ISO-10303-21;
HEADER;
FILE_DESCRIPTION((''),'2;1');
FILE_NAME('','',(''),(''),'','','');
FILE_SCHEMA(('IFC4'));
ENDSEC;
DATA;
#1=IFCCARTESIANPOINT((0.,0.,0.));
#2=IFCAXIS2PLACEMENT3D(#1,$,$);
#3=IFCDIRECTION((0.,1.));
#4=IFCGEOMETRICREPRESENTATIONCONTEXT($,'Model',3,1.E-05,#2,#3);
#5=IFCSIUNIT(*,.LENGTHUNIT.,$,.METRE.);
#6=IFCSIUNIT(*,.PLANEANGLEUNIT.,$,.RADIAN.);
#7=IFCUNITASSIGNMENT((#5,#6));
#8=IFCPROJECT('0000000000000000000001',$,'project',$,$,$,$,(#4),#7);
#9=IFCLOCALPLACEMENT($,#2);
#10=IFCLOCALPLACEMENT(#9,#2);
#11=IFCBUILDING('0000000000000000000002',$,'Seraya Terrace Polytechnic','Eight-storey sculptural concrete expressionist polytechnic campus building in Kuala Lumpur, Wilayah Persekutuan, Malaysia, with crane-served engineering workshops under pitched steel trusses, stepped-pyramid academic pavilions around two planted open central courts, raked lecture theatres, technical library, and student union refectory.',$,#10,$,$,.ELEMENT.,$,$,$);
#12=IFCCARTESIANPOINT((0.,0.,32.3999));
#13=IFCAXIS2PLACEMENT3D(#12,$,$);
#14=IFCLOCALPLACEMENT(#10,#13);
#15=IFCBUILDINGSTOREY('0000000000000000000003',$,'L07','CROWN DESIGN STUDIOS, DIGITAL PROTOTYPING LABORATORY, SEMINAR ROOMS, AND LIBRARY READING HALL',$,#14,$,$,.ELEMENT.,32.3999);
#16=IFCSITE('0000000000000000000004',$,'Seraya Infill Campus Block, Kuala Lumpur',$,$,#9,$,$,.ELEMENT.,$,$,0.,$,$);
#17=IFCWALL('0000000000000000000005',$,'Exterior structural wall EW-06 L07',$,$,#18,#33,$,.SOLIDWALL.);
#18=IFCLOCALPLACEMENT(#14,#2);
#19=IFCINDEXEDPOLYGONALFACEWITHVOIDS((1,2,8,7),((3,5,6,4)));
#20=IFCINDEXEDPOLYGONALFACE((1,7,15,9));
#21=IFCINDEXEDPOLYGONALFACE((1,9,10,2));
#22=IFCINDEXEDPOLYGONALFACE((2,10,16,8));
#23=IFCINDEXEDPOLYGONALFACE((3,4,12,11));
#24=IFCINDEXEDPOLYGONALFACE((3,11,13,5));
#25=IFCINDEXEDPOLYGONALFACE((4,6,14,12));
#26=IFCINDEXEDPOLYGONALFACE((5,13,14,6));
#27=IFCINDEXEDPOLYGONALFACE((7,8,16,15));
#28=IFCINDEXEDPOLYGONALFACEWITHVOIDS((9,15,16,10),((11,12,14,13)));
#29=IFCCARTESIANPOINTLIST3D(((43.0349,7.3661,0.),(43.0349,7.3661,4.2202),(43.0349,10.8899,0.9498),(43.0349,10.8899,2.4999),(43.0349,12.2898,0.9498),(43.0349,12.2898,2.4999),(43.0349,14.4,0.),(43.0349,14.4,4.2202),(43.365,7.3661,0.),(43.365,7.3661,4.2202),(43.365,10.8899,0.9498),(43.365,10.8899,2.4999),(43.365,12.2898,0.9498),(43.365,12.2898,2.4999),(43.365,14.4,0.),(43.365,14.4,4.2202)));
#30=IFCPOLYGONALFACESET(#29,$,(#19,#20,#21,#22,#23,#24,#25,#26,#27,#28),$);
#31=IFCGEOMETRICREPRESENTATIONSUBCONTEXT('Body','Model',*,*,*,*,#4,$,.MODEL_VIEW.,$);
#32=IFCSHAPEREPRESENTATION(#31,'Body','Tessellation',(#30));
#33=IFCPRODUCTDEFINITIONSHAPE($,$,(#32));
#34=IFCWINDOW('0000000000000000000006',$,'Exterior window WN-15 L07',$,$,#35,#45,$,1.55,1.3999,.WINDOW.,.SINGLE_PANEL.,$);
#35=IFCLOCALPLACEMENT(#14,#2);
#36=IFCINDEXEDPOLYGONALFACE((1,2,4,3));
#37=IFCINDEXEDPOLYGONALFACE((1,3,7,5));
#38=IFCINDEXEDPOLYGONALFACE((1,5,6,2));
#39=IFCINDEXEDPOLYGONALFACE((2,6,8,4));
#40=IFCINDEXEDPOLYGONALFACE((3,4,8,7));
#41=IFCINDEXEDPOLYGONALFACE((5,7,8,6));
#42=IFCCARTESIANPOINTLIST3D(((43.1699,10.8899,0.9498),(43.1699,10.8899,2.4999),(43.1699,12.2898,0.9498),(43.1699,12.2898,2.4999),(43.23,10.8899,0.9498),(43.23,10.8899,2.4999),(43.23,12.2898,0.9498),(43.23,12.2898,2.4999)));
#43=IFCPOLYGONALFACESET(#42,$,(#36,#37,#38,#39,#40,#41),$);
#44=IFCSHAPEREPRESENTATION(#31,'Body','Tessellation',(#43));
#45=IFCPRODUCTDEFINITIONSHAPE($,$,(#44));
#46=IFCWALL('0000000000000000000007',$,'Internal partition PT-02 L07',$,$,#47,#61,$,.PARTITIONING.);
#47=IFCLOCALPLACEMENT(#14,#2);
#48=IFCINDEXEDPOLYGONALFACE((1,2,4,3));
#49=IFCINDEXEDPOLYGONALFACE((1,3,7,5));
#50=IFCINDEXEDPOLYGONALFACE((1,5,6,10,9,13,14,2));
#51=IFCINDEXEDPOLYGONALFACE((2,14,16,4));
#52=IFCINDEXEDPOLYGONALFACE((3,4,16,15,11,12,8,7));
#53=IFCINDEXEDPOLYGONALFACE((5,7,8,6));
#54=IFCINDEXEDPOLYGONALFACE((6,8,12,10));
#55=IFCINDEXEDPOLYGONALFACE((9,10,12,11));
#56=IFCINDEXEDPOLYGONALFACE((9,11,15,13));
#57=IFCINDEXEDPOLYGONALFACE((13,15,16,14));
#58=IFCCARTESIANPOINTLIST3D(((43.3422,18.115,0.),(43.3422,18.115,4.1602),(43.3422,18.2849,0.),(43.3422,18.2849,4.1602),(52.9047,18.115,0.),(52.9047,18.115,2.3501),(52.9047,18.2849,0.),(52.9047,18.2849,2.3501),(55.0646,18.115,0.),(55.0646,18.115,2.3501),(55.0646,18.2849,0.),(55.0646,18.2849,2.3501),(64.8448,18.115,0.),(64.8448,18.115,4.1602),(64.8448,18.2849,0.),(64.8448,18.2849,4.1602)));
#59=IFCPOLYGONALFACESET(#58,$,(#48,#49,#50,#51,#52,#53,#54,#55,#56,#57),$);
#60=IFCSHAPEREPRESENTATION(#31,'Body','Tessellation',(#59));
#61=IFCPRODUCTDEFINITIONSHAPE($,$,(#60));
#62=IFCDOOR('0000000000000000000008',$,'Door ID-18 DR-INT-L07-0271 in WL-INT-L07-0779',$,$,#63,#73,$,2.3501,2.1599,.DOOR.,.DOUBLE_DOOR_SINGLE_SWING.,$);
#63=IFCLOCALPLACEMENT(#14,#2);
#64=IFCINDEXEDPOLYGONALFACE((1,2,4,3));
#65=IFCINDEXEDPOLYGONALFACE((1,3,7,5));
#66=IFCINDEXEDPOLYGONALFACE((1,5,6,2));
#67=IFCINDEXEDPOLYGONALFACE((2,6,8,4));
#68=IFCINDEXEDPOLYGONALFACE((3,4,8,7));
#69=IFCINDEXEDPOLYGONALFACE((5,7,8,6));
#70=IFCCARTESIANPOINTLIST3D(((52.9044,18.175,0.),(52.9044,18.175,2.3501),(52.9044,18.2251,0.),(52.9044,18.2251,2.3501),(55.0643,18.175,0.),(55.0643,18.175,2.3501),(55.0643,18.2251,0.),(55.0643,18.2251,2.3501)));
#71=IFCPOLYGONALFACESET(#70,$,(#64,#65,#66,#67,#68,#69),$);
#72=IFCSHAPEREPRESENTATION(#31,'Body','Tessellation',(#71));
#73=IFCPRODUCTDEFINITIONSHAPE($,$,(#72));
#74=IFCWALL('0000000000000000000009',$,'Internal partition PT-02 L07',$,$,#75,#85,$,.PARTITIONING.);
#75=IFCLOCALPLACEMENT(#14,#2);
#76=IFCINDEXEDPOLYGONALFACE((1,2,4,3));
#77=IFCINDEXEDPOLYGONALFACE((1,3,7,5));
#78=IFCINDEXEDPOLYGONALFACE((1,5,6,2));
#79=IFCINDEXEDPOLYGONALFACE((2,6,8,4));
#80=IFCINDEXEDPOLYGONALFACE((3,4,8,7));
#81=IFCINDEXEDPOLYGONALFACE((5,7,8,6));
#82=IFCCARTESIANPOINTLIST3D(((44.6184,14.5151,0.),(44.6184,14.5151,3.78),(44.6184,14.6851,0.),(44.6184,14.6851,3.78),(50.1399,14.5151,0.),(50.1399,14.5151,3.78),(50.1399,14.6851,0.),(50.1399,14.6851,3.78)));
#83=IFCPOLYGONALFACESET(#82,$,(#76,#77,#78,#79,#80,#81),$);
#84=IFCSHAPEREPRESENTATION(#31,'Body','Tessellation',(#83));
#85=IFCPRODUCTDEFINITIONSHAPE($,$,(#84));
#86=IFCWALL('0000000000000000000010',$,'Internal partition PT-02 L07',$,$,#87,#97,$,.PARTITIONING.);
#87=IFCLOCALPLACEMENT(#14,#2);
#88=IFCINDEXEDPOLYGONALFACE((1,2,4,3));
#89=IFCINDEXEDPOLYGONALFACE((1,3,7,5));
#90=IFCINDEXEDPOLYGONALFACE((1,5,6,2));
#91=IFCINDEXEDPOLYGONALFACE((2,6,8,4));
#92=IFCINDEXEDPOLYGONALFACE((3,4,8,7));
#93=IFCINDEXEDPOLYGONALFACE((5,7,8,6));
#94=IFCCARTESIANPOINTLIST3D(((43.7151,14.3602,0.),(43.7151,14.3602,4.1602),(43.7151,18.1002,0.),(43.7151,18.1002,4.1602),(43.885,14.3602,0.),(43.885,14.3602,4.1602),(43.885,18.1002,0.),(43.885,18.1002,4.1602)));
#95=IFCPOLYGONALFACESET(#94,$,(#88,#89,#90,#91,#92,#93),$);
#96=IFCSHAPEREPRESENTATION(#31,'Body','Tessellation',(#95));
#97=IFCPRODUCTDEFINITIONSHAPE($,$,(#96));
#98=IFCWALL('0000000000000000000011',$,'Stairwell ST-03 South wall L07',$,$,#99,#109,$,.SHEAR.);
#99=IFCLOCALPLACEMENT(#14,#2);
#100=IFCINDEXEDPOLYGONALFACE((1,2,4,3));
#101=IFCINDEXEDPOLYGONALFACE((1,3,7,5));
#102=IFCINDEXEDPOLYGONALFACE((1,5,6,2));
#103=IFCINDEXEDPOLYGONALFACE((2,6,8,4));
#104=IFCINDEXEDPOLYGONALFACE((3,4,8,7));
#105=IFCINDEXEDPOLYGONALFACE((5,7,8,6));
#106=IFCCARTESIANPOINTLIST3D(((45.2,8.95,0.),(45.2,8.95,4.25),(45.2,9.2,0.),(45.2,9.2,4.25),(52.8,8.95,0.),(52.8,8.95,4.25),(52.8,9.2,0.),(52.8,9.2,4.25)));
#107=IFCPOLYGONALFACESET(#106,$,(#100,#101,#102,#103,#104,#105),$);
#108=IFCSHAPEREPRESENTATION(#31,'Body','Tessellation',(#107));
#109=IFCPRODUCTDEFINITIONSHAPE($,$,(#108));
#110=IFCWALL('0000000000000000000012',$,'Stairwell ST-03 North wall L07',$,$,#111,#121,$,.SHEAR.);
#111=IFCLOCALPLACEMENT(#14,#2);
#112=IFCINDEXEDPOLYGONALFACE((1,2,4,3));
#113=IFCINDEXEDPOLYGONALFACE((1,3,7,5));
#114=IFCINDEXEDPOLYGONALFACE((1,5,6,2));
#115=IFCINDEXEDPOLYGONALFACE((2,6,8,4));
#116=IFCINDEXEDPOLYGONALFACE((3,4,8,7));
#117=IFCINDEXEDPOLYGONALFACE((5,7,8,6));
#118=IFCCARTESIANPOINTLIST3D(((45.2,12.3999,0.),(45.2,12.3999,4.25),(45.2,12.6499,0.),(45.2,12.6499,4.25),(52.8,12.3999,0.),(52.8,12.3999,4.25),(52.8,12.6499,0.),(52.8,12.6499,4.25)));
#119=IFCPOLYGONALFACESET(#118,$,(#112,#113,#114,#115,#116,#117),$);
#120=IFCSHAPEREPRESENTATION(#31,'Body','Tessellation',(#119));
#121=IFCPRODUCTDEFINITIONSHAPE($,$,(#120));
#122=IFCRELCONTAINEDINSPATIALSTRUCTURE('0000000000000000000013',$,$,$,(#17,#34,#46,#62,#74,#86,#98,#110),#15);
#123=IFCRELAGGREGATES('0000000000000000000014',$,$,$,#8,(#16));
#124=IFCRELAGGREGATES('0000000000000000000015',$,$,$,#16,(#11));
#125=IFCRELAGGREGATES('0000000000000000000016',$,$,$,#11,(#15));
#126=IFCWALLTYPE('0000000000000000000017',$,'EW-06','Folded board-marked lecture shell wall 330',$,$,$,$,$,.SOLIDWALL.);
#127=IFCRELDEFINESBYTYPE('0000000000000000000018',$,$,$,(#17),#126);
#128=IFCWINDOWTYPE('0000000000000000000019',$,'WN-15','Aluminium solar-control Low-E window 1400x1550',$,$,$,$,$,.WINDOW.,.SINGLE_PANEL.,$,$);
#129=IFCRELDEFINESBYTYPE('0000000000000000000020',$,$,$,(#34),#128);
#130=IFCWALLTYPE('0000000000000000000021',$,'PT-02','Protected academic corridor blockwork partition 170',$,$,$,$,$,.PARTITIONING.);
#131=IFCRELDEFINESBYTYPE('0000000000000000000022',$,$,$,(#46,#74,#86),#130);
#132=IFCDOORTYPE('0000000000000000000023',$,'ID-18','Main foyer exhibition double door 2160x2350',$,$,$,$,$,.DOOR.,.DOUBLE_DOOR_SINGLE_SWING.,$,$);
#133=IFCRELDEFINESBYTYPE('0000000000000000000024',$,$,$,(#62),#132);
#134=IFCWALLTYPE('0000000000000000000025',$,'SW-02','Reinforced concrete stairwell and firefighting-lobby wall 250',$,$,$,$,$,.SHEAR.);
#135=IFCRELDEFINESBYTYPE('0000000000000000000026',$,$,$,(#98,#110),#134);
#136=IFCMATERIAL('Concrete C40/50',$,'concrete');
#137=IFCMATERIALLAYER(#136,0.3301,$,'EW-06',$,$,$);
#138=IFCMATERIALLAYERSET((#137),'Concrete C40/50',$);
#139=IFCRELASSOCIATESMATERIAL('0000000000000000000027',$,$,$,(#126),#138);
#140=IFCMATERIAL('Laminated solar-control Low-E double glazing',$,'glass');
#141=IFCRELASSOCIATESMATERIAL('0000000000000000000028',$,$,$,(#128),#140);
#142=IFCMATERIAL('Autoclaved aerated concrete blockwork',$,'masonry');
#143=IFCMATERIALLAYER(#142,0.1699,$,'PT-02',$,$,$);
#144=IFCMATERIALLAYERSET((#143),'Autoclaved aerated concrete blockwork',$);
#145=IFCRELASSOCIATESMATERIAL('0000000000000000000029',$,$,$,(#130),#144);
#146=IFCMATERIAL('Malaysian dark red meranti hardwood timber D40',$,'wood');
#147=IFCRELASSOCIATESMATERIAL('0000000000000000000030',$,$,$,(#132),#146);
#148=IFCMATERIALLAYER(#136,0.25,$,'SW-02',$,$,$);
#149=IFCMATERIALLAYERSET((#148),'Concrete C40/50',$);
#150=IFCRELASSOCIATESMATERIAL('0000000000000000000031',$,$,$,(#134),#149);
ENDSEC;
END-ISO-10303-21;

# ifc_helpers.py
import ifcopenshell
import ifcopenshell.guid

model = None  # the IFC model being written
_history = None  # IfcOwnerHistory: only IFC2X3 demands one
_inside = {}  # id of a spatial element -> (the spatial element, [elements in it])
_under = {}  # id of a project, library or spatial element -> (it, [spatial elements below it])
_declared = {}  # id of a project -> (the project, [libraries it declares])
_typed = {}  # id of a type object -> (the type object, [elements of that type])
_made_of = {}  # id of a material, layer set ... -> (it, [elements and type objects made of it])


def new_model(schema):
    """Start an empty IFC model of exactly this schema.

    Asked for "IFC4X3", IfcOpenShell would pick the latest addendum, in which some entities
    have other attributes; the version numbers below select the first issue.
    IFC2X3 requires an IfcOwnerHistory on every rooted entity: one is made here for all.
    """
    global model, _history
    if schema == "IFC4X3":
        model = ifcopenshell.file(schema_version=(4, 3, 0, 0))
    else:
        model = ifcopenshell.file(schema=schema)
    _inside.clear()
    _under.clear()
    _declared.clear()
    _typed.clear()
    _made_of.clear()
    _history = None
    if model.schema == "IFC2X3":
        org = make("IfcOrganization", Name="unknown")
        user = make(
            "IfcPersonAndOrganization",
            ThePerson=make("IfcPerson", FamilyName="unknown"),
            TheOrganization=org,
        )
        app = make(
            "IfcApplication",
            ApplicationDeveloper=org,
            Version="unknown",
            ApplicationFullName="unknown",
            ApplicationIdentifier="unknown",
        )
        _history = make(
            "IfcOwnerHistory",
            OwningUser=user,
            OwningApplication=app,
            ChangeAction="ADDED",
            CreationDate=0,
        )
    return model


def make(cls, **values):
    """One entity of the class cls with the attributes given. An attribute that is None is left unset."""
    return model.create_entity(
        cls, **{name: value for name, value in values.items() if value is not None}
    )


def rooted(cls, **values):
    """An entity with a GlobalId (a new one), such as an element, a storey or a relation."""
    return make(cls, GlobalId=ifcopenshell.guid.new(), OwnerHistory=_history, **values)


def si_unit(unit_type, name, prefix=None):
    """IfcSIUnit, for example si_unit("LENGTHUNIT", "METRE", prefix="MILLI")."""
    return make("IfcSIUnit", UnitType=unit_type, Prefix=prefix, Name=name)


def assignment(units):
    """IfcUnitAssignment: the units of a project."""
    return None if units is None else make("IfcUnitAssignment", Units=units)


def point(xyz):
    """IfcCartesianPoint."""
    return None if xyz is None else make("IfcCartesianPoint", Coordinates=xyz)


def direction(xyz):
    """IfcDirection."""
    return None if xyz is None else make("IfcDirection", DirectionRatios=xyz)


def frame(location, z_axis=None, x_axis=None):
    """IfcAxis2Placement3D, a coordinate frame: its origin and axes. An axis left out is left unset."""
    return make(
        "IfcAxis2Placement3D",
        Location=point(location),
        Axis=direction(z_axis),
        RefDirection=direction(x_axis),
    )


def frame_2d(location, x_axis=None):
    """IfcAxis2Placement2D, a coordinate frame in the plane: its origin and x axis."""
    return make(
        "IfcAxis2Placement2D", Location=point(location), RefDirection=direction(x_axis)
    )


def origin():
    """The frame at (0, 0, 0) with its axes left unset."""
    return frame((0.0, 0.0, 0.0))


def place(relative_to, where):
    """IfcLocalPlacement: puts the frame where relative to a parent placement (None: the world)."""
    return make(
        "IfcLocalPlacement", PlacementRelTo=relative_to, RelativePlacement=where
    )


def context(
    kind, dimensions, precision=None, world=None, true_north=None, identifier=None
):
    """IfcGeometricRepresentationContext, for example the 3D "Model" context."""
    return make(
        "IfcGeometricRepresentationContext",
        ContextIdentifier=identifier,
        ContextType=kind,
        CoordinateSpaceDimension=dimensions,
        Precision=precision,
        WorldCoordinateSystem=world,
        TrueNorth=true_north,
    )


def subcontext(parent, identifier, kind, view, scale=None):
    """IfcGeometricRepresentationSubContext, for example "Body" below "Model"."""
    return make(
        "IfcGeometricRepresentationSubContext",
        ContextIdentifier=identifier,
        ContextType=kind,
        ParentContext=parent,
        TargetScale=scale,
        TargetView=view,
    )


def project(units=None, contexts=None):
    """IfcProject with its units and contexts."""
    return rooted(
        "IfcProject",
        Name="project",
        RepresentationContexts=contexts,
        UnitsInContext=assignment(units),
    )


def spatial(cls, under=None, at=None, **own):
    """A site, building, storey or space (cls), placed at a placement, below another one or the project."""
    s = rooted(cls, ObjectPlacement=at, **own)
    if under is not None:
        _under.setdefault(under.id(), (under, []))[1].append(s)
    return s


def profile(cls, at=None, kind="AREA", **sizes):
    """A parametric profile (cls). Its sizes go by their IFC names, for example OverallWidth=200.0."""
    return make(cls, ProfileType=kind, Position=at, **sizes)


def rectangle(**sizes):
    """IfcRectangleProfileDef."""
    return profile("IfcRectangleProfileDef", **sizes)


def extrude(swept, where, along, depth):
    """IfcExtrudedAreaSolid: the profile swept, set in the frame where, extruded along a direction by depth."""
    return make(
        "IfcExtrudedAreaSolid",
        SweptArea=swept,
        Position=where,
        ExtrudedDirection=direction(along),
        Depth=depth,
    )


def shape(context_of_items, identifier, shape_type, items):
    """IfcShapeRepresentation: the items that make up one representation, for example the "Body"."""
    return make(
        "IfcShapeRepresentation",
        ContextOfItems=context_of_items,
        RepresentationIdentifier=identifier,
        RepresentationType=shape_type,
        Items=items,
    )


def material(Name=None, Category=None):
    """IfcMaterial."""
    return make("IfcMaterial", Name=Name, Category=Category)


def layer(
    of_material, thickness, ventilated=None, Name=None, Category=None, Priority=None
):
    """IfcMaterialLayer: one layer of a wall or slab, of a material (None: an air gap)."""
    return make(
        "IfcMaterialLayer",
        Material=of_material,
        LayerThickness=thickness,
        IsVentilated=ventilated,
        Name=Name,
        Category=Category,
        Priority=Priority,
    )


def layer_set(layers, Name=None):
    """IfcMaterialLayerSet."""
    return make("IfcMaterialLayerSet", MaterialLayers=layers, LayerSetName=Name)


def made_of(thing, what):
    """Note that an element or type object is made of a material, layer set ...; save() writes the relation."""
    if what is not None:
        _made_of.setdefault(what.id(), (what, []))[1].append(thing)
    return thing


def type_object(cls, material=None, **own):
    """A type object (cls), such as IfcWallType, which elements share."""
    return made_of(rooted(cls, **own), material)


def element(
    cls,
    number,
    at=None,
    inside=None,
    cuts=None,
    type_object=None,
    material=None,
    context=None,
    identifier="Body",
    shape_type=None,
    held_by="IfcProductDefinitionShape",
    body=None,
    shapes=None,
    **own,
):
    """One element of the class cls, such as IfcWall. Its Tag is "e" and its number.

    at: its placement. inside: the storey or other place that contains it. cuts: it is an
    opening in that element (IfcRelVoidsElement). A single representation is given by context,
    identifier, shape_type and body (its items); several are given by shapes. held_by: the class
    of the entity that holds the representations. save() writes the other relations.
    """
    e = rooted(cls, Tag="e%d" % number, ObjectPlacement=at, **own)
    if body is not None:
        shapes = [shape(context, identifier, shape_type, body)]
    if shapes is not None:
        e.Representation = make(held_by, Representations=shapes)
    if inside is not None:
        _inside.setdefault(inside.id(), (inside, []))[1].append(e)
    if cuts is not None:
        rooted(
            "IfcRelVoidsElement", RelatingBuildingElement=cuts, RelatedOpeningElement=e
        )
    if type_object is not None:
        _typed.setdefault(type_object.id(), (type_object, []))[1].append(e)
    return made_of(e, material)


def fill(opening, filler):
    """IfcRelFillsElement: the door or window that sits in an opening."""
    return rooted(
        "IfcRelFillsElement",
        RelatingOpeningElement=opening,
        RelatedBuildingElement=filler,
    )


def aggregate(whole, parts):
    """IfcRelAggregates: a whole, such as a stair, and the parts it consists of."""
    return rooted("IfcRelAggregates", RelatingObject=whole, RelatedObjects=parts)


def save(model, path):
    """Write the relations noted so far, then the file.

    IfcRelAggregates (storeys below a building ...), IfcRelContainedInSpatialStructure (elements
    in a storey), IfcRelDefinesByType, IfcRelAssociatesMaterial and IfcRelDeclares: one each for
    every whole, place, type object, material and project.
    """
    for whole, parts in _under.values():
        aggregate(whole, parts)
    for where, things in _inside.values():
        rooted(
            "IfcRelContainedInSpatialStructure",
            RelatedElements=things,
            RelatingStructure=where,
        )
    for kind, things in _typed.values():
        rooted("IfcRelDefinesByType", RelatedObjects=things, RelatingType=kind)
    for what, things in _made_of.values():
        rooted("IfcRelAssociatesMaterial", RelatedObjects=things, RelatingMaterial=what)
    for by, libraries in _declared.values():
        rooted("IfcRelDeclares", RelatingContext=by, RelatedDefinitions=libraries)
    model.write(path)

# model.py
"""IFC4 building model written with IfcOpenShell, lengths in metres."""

from ifc_helpers import new_model, si_unit, direction, frame, frame_2d, origin, place, context, subcontext, project, spatial, rectangle, extrude, material, layer, layer_set, type_object, element, fill, save


model = new_model("IFC4")

# Units and contexts
model_context = context("Model", 3, precision=1e-05, world=origin(), true_north=direction((0.0, 1.0)))
body_context = subcontext(model_context, "Body", "Model", "MODEL_VIEW")
ifc_project = project(units=[si_unit("LENGTHUNIT", "METRE"), si_unit("PLANEANGLEUNIT", "RADIAN")], contexts=[model_context])

# Site, building, storey
site_placement = place(None, origin())
site = spatial("IfcSite", under=ifc_project, at=site_placement, Name="Seraya Infill Campus Block, Kuala Lumpur", CompositionType="ELEMENT", RefElevation=0.0)
building_placement = place(site_placement, origin())
building = spatial("IfcBuilding", under=site, at=building_placement, Name="Seraya Terrace Polytechnic", Description="Eight-storey sculptural concrete expressionist polytechnic campus building in Kuala Lumpur, Wilayah Persekutuan, Malaysia, with crane-served engineering workshops under pitched steel trusses, stepped-pyramid academic pavilions around two planted open central courts, raked lecture theatres, technical library, and student union refectory.", CompositionType="ELEMENT")
storey_placement = place(building_placement, frame((0.0, 0.0, 32.3999)))
storey = spatial("IfcBuildingStorey", under=building, at=storey_placement, Name="L07", Description="CROWN DESIGN STUDIOS, DIGITAL PROTOTYPING LABORATORY, SEMINAR ROOMS, AND LIBRARY READING HALL", CompositionType="ELEMENT", Elevation=32.3999)

# Shared definitions
ifc_material_1 = material(Name="Concrete C40/50", Category="concrete")

# Shared definitions
ifc_material_2 = material(Name="Laminated solar-control Low-E double glazing", Category="glass")

# Wall, opening, window
ifc_layer_1 = layer(ifc_material_1, 0.3301, Name="EW-06")
ifc_layer_set_1 = layer_set([ifc_layer_1], Name="Concrete C40/50")
wall_type_1 = type_object("IfcWallType", Name="EW-06", Description="Folded board-marked lecture shell wall 330", PredefinedType="SOLIDWALL", material=ifc_layer_set_1)
wall_1_placement = place(storey_placement, frame((43.2, 7.366, 0.0), z_axis=(0.0, 0.0, 1.0), x_axis=(0.0, 1.0, 0.0)))
wall_1 = element("IfcWall", 1, at=wall_1_placement, inside=storey, type_object=wall_type_1, Name="Exterior structural wall EW-06 L07", PredefinedType="SOLIDWALL", context=body_context, shape_type="SweptSolid", body=[
    extrude(rectangle(XDim=7.0339, YDim=0.3301, at=frame_2d((3.5171, 0.0))), origin(), (0.0, 0.0, 1.0), 4.2202),
])
opening_1_placement = place(wall_1_placement, frame((3.5239, 0.0, 0.95)))
opening_1 = element("IfcOpeningElement", 2, at=opening_1_placement, cuts=wall_1, PredefinedType="OPENING", context=body_context, shape_type="SweptSolid", body=[
    extrude(rectangle(XDim=1.3999, YDim=1.55, at=frame_2d((0.7, 0.7749))), frame((0.0, 0.177, 0.0), z_axis=(0.0, -1.0, 0.0), x_axis=(1.0, 0.0, 0.0)), (0.0, 0.0, 1.0), 0.354),
])
window_type_1 = type_object("IfcWindowType", Name="WN-15", Description="Aluminium solar-control Low-E window 1400x1550", PartitioningType="SINGLE_PANEL", PredefinedType="WINDOW", material=ifc_material_2)
window_1_placement = place(opening_1_placement, origin())
window_1 = element("IfcWindow", 3, at=window_1_placement, inside=storey, type_object=window_type_1, Name="Exterior window WN-15 L07", OverallHeight=1.55, OverallWidth=1.3999, PartitioningType="SINGLE_PANEL", PredefinedType="WINDOW", context=body_context, shape_type="SweptSolid", body=[
    extrude(rectangle(XDim=1.3999, YDim=1.55, at=frame_2d((0.7, 0.7749))), frame((0.0, 0.03, 0.0), z_axis=(0.0, -1.0, 0.0), x_axis=(1.0, 0.0, 0.0)), (0.0, 0.0, 1.0), 0.0601),
])
fill(opening_1, window_1)

# Wall, opening, door
ifc_material_3 = material(Name="Autoclaved aerated concrete blockwork", Category="masonry")
ifc_layer_2 = layer(ifc_material_3, 0.1699, Name="PT-02")
ifc_layer_set_2 = layer_set([ifc_layer_2], Name="Autoclaved aerated concrete blockwork")
wall_type_2 = type_object("IfcWallType", Name="PT-02", Description="Protected academic corridor blockwork partition 170", PredefinedType="PARTITIONING", material=ifc_layer_set_2)
wall_2_placement = place(storey_placement, frame((43.342, 18.2, 0.0), z_axis=(0.0, 0.0, 1.0), x_axis=(1.0, 0.0, 0.0)))
wall_2 = element("IfcWall", 4, at=wall_2_placement, inside=storey, type_object=wall_type_2, Name="Internal partition PT-02 L07", PredefinedType="PARTITIONING", context=body_context, shape_type="SweptSolid", body=[
    extrude(rectangle(XDim=21.5027, YDim=0.1699, at=frame_2d((10.7515, 0.0))), origin(), (0.0, 0.0, 1.0), 4.1602),
])
opening_2_placement = place(wall_2_placement, frame((9.5625, 0.0, 0.0)))
opening_2 = element("IfcOpeningElement", 5, at=opening_2_placement, cuts=wall_2, PredefinedType="OPENING", context=body_context, shape_type="SweptSolid", body=[
    extrude(rectangle(XDim=2.1599, YDim=2.3501, at=frame_2d((1.0801, 1.175))), frame((0.0, 0.0969, 0.0), z_axis=(0.0, -1.0, 0.0), x_axis=(1.0, 0.0, 0.0)), (0.0, 0.0, 1.0), 0.1938),
])
ifc_material_4 = material(Name="Malaysian dark red meranti hardwood timber D40", Category="wood")
door_type_1 = type_object("IfcDoorType", Name="ID-18", Description="Main foyer exhibition double door 2160x2350", OperationType="DOUBLE_DOOR_SINGLE_SWING", PredefinedType="DOOR", material=ifc_material_4)
door_1_placement = place(opening_2_placement, frame((2.1599, 0.0, 0.0), z_axis=(0.0, 0.0, 1.0), x_axis=(-1.0, 0.0, 0.0)))
door_1 = element("IfcDoor", 6, at=door_1_placement, inside=storey, type_object=door_type_1, Name="Door ID-18 DR-INT-L07-0271 in WL-INT-L07-0779", OperationType="DOUBLE_DOOR_SINGLE_SWING", OverallHeight=2.3501, OverallWidth=2.1599, PredefinedType="DOOR", context=body_context, shape_type="SweptSolid", body=[
    extrude(rectangle(XDim=2.1599, YDim=2.3501, at=frame_2d((1.0801, 1.175))), frame((0.0, 0.0249, 0.0), z_axis=(0.0, -1.0, 0.0), x_axis=(1.0, 0.0, 0.0)), (0.0, 0.0, 1.0), 0.05),
])
fill(opening_2, door_1)

# Walls
wall_3_placement = place(storey_placement, frame((44.6184, 14.6001, 0.0), z_axis=(0.0, 0.0, 1.0), x_axis=(1.0, 0.0, 0.0)))
element("IfcWall", 7, at=wall_3_placement, inside=storey, type_object=wall_type_2, Name="Internal partition PT-02 L07", PredefinedType="PARTITIONING", context=body_context, shape_type="SweptSolid", body=[
    extrude(rectangle(XDim=5.5215, YDim=0.1699, at=frame_2d((2.7607, 0.0))), origin(), (0.0, 0.0, 1.0), 3.78),
])
wall_4_placement = place(storey_placement, frame((43.8, 14.3601, 0.0), z_axis=(0.0, 0.0, 1.0), x_axis=(0.0, 1.0, 0.0)))
element("IfcWall", 8, at=wall_4_placement, inside=storey, type_object=wall_type_2, Name="Internal partition PT-02 L07", PredefinedType="PARTITIONING", context=body_context, shape_type="SweptSolid", body=[
    extrude(rectangle(XDim=3.74, YDim=0.1699, at=frame_2d((1.8701, 0.0))), origin(), (0.0, 0.0, 1.0), 4.1602),
])

# Shared definitions
ifc_layer_3 = layer(ifc_material_1, 0.25, Name="SW-02")
ifc_layer_set_3 = layer_set([ifc_layer_3], Name="Concrete C40/50")
wall_type_3 = type_object("IfcWallType", Name="SW-02", Description="Reinforced concrete stairwell and firefighting-lobby wall 250", PredefinedType="SHEAR", material=ifc_layer_set_3)

# Walls
for number, where, z_axis, x_axis, name in (
    (9, (45.2, 9.075, 0.0), (0.0, 0.0, 1.0), (1.0, 0.0, 0.0), "Stairwell ST-03 South wall L07"),
    (10, (45.2, 12.5249, 0.0), (0.0, 0.0, 1.0), (1.0, 0.0, 0.0), "Stairwell ST-03 North wall L07"),
):
    element("IfcWall", number, at=place(storey_placement, frame(where, z_axis=z_axis, x_axis=x_axis)), inside=storey, type_object=wall_type_3, Name=name, PredefinedType="SHEAR", context=body_context, shape_type="SweptSolid", body=[
        extrude(rectangle(XDim=7.6001, YDim=0.25, at=frame_2d((3.8, 0.0))), origin(), (0.0, 0.0, 1.0), 4.25),
    ])

save(model, "model.ifc")
